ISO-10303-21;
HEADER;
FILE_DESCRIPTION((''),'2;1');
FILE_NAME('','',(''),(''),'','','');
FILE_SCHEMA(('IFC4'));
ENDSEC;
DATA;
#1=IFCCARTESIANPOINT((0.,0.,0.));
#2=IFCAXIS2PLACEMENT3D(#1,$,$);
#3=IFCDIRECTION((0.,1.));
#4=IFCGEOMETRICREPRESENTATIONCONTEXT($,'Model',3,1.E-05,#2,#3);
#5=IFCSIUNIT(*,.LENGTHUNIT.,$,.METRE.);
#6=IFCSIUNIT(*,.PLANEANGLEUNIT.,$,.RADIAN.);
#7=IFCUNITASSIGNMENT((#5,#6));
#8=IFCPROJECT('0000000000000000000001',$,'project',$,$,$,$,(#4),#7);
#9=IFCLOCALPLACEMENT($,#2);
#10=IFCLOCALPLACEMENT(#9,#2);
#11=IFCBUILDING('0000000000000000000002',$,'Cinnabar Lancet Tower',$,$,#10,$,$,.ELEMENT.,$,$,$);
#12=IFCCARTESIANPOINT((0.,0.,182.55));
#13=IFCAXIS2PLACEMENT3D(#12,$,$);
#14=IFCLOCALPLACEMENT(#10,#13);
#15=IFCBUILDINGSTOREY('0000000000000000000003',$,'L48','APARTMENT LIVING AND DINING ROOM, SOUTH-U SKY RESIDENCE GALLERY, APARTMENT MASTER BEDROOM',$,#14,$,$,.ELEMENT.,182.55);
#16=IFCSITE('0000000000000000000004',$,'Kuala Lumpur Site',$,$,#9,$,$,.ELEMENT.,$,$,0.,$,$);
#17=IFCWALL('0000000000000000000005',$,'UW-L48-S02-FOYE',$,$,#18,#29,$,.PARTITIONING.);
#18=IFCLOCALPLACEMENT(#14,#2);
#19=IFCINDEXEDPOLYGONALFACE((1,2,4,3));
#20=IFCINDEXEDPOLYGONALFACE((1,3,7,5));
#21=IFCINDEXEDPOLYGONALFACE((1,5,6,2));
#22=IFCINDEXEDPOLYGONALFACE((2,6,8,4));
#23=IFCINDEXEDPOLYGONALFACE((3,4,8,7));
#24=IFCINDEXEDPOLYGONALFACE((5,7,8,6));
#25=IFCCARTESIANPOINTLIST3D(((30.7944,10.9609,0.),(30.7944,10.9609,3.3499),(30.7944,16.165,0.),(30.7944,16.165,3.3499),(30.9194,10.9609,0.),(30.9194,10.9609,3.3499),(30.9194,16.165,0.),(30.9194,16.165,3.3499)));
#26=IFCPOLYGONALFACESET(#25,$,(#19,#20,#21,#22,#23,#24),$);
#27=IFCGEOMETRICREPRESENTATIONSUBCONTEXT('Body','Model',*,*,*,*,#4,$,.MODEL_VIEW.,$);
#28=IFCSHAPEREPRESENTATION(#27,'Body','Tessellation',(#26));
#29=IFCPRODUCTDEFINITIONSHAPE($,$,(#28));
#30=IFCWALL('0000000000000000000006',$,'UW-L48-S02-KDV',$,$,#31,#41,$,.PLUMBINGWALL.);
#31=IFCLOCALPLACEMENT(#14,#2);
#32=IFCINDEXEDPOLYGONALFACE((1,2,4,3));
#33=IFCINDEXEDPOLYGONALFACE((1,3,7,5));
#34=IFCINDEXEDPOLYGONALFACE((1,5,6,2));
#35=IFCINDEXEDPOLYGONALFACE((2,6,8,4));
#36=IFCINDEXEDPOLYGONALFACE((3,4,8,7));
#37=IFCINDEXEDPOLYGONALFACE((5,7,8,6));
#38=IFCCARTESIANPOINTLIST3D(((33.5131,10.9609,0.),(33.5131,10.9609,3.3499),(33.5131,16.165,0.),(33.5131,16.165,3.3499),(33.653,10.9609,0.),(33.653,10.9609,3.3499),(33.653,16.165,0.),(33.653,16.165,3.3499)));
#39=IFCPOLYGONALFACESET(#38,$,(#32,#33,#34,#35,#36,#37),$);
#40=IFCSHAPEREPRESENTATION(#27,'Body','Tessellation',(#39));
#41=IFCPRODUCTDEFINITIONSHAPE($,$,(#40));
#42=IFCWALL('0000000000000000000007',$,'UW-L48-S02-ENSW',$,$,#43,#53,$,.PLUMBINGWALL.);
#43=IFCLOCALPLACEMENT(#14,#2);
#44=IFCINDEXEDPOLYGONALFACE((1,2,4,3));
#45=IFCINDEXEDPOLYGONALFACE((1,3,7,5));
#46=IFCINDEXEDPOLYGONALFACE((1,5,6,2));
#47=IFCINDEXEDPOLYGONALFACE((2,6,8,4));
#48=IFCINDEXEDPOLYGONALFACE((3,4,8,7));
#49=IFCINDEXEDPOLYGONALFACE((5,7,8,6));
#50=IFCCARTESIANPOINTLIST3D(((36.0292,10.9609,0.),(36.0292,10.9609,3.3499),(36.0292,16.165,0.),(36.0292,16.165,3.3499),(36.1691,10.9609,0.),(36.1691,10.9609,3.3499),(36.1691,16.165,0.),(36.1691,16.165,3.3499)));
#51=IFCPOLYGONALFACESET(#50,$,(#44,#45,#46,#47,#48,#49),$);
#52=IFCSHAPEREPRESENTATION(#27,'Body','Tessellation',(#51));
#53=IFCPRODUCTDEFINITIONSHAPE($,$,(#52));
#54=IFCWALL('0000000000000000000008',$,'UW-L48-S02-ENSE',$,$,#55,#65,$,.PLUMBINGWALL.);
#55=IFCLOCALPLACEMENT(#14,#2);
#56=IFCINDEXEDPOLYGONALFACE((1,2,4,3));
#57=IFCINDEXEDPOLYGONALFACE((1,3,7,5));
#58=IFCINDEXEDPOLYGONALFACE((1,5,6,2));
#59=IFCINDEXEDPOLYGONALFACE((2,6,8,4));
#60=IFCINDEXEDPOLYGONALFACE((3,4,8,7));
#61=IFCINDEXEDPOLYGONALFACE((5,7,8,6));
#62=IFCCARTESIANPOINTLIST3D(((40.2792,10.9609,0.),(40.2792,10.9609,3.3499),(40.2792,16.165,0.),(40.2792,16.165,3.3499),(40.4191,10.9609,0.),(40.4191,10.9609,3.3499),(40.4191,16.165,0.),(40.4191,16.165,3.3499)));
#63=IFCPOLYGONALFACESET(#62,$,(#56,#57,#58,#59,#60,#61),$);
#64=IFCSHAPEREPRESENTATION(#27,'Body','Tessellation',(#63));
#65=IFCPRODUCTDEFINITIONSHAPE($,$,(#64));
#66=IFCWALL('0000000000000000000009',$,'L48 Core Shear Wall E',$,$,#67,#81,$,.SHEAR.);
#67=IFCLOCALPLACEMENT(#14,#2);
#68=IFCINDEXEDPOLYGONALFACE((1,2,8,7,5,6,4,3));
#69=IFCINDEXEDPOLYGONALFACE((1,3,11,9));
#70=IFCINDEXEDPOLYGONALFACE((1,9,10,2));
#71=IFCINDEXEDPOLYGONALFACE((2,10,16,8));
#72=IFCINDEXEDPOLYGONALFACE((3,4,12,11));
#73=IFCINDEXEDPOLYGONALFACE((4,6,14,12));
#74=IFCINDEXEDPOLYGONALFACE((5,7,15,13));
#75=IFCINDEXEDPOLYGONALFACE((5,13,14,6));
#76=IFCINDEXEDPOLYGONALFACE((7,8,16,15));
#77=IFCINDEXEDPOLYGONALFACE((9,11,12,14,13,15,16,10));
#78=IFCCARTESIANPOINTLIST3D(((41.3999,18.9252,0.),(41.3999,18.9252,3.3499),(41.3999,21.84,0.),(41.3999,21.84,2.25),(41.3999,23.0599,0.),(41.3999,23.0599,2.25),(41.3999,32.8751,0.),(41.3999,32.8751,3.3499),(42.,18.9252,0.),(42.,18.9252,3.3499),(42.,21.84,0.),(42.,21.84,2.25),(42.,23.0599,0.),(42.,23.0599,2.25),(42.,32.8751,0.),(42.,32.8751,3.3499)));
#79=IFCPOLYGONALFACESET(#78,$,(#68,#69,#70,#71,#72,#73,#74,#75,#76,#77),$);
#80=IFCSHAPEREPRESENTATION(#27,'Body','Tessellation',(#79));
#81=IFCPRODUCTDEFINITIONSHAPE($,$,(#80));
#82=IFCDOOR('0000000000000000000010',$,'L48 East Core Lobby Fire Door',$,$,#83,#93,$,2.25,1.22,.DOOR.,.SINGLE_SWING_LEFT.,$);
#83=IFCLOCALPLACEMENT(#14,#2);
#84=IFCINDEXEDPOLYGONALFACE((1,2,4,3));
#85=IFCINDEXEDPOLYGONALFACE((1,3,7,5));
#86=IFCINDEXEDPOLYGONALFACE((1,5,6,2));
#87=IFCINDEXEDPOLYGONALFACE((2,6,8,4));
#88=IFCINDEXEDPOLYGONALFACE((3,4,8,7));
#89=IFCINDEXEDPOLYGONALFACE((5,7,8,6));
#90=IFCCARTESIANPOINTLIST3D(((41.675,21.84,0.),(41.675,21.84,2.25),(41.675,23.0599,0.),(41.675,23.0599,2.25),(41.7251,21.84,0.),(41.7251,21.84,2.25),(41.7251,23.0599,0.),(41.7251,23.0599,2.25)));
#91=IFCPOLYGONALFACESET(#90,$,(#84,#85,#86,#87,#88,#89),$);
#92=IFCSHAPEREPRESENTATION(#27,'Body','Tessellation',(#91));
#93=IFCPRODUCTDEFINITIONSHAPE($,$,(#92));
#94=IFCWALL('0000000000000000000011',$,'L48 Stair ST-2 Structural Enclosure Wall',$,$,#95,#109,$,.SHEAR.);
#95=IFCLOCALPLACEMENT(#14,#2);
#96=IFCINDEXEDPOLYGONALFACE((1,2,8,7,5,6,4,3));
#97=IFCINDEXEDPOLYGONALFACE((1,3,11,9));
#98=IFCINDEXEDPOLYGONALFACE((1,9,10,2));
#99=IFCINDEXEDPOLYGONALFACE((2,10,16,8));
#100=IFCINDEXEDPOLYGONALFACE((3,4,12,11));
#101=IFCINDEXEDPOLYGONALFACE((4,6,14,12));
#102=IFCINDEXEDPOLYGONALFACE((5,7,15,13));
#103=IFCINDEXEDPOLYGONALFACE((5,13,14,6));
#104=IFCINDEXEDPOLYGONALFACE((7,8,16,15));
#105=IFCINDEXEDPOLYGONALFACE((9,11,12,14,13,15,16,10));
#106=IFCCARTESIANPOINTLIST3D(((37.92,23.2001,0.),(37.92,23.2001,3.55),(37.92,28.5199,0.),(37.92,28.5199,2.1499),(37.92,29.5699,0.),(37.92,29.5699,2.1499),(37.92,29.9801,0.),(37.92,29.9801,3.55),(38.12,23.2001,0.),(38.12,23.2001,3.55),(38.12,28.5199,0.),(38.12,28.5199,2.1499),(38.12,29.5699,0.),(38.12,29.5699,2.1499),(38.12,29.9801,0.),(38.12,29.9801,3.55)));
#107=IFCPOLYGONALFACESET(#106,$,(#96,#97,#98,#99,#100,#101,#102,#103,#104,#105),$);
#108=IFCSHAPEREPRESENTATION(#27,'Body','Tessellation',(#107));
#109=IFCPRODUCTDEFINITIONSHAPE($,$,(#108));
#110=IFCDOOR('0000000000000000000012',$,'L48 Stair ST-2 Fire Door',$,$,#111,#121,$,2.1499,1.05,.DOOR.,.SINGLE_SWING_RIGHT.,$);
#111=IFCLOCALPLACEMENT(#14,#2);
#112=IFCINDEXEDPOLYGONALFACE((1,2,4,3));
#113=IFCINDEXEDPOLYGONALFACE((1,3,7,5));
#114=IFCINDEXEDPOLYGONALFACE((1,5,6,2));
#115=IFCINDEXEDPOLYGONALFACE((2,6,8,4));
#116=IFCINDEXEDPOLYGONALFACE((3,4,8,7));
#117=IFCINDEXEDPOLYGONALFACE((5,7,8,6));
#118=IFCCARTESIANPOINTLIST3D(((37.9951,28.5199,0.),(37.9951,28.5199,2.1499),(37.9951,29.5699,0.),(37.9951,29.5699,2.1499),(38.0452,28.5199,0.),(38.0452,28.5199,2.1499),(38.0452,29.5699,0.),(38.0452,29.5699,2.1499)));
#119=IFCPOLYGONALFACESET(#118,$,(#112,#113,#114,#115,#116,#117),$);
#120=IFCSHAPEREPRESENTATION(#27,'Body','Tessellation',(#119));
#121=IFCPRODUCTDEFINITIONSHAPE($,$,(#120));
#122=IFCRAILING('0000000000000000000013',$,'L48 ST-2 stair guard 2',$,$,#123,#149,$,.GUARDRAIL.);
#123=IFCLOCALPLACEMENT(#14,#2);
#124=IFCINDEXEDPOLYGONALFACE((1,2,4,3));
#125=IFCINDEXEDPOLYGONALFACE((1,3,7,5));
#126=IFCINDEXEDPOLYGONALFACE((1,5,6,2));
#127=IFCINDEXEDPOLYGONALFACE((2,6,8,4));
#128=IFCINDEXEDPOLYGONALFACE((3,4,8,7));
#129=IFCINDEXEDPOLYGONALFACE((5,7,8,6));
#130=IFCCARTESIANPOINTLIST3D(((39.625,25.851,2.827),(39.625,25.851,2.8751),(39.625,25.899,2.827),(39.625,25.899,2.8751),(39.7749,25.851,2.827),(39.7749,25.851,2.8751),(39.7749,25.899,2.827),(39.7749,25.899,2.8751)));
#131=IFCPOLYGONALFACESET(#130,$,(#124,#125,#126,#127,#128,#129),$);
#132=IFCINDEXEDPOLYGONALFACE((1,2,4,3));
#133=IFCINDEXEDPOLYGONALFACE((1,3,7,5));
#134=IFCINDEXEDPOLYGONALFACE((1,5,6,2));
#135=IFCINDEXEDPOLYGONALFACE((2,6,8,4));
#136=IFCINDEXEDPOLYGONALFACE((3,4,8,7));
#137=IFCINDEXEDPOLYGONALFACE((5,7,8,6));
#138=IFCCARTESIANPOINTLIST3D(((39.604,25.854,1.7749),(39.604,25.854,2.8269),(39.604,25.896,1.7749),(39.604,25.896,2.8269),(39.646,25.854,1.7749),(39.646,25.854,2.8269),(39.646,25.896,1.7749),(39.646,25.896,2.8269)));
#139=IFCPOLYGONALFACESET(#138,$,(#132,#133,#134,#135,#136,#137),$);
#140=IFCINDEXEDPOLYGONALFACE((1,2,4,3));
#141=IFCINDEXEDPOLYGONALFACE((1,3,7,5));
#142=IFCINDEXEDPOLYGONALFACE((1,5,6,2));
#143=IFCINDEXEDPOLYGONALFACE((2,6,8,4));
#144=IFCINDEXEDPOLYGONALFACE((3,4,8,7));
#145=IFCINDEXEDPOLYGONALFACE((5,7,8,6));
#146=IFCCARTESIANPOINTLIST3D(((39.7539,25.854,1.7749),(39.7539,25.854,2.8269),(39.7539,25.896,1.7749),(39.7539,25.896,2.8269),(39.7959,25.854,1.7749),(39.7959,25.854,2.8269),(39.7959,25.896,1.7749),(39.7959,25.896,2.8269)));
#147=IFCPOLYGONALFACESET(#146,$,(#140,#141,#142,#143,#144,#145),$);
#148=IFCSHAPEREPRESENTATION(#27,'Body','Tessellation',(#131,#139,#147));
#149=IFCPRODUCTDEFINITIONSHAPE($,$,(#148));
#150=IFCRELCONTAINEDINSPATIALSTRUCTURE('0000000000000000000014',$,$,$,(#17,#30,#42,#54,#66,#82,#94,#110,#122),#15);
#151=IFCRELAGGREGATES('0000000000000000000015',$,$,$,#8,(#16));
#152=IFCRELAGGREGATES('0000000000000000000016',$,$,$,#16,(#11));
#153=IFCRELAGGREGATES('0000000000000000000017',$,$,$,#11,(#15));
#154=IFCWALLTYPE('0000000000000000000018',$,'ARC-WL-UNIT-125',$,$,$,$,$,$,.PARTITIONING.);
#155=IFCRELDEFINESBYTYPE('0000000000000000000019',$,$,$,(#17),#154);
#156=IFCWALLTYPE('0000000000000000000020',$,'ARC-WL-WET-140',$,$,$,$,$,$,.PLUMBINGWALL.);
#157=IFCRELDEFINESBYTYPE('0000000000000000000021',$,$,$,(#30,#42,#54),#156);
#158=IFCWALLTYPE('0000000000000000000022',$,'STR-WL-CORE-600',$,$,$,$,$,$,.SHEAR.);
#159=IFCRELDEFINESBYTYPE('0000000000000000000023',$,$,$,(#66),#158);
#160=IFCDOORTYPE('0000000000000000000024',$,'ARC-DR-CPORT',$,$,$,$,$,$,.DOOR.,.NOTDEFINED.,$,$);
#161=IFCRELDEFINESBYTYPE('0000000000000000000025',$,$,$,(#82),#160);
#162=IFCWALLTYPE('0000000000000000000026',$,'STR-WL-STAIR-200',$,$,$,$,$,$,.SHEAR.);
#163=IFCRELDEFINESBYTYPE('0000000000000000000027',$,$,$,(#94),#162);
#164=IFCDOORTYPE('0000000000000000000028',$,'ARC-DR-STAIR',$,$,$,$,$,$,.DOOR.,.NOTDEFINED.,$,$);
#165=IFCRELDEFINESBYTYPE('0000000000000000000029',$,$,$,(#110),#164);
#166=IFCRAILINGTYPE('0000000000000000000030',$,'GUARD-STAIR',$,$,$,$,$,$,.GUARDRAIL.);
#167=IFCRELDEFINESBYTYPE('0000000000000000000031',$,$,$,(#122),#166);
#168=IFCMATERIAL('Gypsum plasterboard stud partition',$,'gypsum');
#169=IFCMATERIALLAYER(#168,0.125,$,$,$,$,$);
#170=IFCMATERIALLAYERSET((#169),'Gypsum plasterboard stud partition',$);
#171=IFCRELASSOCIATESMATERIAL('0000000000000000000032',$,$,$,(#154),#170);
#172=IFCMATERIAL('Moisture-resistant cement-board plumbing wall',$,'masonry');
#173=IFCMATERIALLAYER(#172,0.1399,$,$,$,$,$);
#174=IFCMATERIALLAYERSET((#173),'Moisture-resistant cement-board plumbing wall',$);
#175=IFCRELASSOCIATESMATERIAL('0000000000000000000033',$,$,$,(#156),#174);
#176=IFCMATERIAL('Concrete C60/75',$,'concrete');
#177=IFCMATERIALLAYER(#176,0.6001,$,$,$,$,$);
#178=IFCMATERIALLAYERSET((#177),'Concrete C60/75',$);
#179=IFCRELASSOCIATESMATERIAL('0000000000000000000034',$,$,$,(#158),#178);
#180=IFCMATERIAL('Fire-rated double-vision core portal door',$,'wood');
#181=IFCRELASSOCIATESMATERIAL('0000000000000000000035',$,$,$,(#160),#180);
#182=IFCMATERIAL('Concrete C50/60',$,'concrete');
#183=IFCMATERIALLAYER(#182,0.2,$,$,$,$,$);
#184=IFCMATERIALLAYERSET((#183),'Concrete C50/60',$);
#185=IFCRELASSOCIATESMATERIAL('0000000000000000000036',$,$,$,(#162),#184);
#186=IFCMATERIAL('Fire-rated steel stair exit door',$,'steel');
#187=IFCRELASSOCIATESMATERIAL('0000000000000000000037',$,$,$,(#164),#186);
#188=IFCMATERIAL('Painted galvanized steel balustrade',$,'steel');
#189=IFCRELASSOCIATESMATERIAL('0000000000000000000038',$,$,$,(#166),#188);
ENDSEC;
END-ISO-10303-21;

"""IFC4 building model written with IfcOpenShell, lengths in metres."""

from ifc_helpers import new_model, si_unit, direction, frame, frame_2d, origin, origin_2d, place, context, subcontext, project, spatial, rectangle, extrude, material, layer, layer_set, type_object, element, fill, save


model = new_model("IFC4")

# Units and contexts
model_context = context("Model", 3, precision=1e-05, world=origin(), true_north=direction((0.0, 1.0)))
body_context = subcontext(model_context, "Body", "Model", "MODEL_VIEW")
ifc_project = project(units=[si_unit("LENGTHUNIT", "METRE"), si_unit("PLANEANGLEUNIT", "RADIAN")], contexts=[model_context])

# Site, building, storey
site_placement = place(None, origin())
site = spatial("IfcSite", under=ifc_project, at=site_placement, Name="Kuala Lumpur Site", CompositionType="ELEMENT", RefElevation=0.0)
building_placement = place(site_placement, origin())
building = spatial("IfcBuilding", under=site, at=building_placement, Name="Cinnabar Lancet Tower", CompositionType="ELEMENT")
storey_placement = place(building_placement, frame((0.0, 0.0, 182.55)))
storey = spatial("IfcBuildingStorey", under=building, at=storey_placement, Name="L48", Description="APARTMENT LIVING AND DINING ROOM, SOUTH-U SKY RESIDENCE GALLERY, APARTMENT MASTER BEDROOM", CompositionType="ELEMENT", Elevation=182.55)

# Walls
ifc_material_1 = material(Name="Gypsum plasterboard stud partition", Category="gypsum")
ifc_layer_1 = layer(ifc_material_1, 0.125)
ifc_layer_set_1 = layer_set([ifc_layer_1], Name="Gypsum plasterboard stud partition")
wall_type_1 = type_object("IfcWallType", Name="ARC-WL-UNIT-125", PredefinedType="PARTITIONING", material=ifc_layer_set_1)
wall_1_placement = place(storey_placement, frame((30.8569, 10.9609, 0.0), z_axis=(0.0, 0.0, 1.0), x_axis=(0.0, 1.0, 0.0)))
element("IfcWall", 1, at=wall_1_placement, inside=storey, type_object=wall_type_1, Name="UW-L48-S02-FOYE", PredefinedType="PARTITIONING", context=body_context, shape_type="SweptSolid", body=[
    extrude(rectangle(XDim=5.2041, YDim=0.125, at=frame_2d((2.6021, 0.0))), origin(), (0.0, 0.0, 1.0), 3.3499),
])
ifc_material_2 = material(Name="Moisture-resistant cement-board plumbing wall", Category="masonry")
ifc_layer_2 = layer(ifc_material_2, 0.1399)
ifc_layer_set_2 = layer_set([ifc_layer_2], Name="Moisture-resistant cement-board plumbing wall")
wall_type_2 = type_object("IfcWallType", Name="ARC-WL-WET-140", PredefinedType="PLUMBINGWALL", material=ifc_layer_set_2)
for number, where, z_axis, x_axis, name in (
    (2, (33.583, 10.9609, 0.0), (0.0, 0.0, 1.0), (0.0, 1.0, 0.0), "UW-L48-S02-KDV"),
    (3, (36.0991, 10.9609, 0.0), (0.0, 0.0, 1.0), (0.0, 1.0, 0.0), "UW-L48-S02-ENSW"),
    (4, (40.3491, 10.9609, 0.0), (0.0, 0.0, 1.0), (0.0, 1.0, 0.0), "UW-L48-S02-ENSE"),
):
    element("IfcWall", number, at=place(storey_placement, frame(where, z_axis=z_axis, x_axis=x_axis)), inside=storey, type_object=wall_type_2, Name=name, PredefinedType="PLUMBINGWALL", context=body_context, shape_type="SweptSolid", body=[
        extrude(rectangle(XDim=5.2041, YDim=0.1399, at=frame_2d((2.6021, 0.0))), origin(), (0.0, 0.0, 1.0), 3.3499),
    ])

# Walls, openings, doors
ifc_material_3 = material(Name="Concrete C60/75", Category="concrete")
ifc_layer_3 = layer(ifc_material_3, 0.6001)
ifc_layer_set_3 = layer_set([ifc_layer_3], Name="Concrete C60/75")
wall_type_3 = type_object("IfcWallType", Name="STR-WL-CORE-600", PredefinedType="SHEAR", material=ifc_layer_set_3)
wall_2_placement = place(storey_placement, frame((41.7, 18.925, 0.0), z_axis=(0.0, 0.0, 1.0), x_axis=(0.0, 1.0, 0.0)))
wall_2 = element("IfcWall", 5, at=wall_2_placement, inside=storey, type_object=wall_type_3, Name="L48 Core Shear Wall E", PredefinedType="SHEAR", context=body_context, shape_type="SweptSolid", body=[
    extrude(rectangle(XDim=13.95, YDim=0.6001, at=frame_2d((6.9751, 0.0))), origin(), (0.0, 0.0, 1.0), 3.3499),
])
opening_1_placement = place(wall_2_placement, frame((2.915, 0.0, 0.0)))
opening_1 = element("IfcOpeningElement", 6, at=opening_1_placement, cuts=wall_2, PredefinedType="OPENING", context=body_context, shape_type="SweptSolid", body=[
    extrude(rectangle(XDim=1.22, YDim=2.25, at=frame_2d((0.6099, 1.125))), frame((0.0, 0.3101, 0.0), z_axis=(0.0, -1.0, 0.0), x_axis=(1.0, 0.0, 0.0)), (0.0, 0.0, 1.0), 0.6201),
])
ifc_material_4 = material(Name="Fire-rated double-vision core portal door", Category="wood")
door_type_1 = type_object("IfcDoorType", Name="ARC-DR-CPORT", OperationType="NOTDEFINED", PredefinedType="DOOR", material=ifc_material_4)
door_1_placement = place(opening_1_placement, origin())
door_1 = element("IfcDoor", 7, at=door_1_placement, inside=storey, type_object=door_type_1, Name="L48 East Core Lobby Fire Door", OperationType="SINGLE_SWING_LEFT", OverallHeight=2.25, OverallWidth=1.22, PredefinedType="DOOR", context=body_context, shape_type="SweptSolid", body=[
    extrude(rectangle(XDim=1.22, YDim=2.25, at=frame_2d((0.6099, 1.125))), frame((0.0, 0.0249, 0.0), z_axis=(0.0, -1.0, 0.0), x_axis=(1.0, 0.0, 0.0)), (0.0, 0.0, 1.0), 0.05),
])
fill(opening_1, door_1)
ifc_material_5 = material(Name="Concrete C50/60", Category="concrete")
ifc_layer_4 = layer(ifc_material_5, 0.2)
ifc_layer_set_4 = layer_set([ifc_layer_4], Name="Concrete C50/60")
wall_type_4 = type_object("IfcWallType", Name="STR-WL-STAIR-200", PredefinedType="SHEAR", material=ifc_layer_set_4)
wall_3_placement = place(storey_placement, frame((38.02, 23.2, 0.0), z_axis=(0.0, 0.0, 1.0), x_axis=(0.0, 1.0, 0.0)))
wall_3 = element("IfcWall", 8, at=wall_3_placement, inside=storey, type_object=wall_type_4, Name="L48 Stair ST-2 Structural Enclosure Wall", PredefinedType="SHEAR", context=body_context, shape_type="SweptSolid", body=[
    extrude(rectangle(XDim=6.78, YDim=0.2, at=frame_2d((3.3901, 0.0))), origin(), (0.0, 0.0, 1.0), 3.55),
])
opening_2_placement = place(wall_3_placement, frame((5.3201, 0.0, 0.0)))
opening_2 = element("IfcOpeningElement", 9, at=opening_2_placement, cuts=wall_3, PredefinedType="OPENING", context=body_context, shape_type="SweptSolid", body=[
    extrude(rectangle(XDim=1.05, YDim=2.1499, at=frame_2d((0.5249, 1.075))), frame((0.0, 0.1099, 0.0), z_axis=(0.0, -1.0, 0.0), x_axis=(1.0, 0.0, 0.0)), (0.0, 0.0, 1.0), 0.22),
])
ifc_material_6 = material(Name="Fire-rated steel stair exit door", Category="steel")
door_type_2 = type_object("IfcDoorType", Name="ARC-DR-STAIR", OperationType="NOTDEFINED", PredefinedType="DOOR", material=ifc_material_6)
door_2_placement = place(opening_2_placement, origin())
door_2 = element("IfcDoor", 10, at=door_2_placement, inside=storey, type_object=door_type_2, Name="L48 Stair ST-2 Fire Door", OperationType="SINGLE_SWING_RIGHT", OverallHeight=2.1499, OverallWidth=1.05, PredefinedType="DOOR", context=body_context, shape_type="SweptSolid", body=[
    extrude(rectangle(XDim=1.05, YDim=2.1499, at=frame_2d((0.5249, 1.075))), frame((0.0, 0.0249, 0.0), z_axis=(0.0, -1.0, 0.0), x_axis=(1.0, 0.0, 0.0)), (0.0, 0.0, 1.0), 0.05),
])
fill(opening_2, door_2)

# Railing
ifc_material_7 = material(Name="Painted galvanized steel balustrade", Category="steel")
railing_type = type_object("IfcRailingType", Name="GUARD-STAIR", PredefinedType="GUARDRAIL", material=ifc_material_7)
railing_placement = place(storey_placement, frame((39.625, 25.875, 1.7749)))
element("IfcRailing", 11, at=railing_placement, inside=storey, type_object=railing_type, Name="L48 ST-2 stair guard 2", PredefinedType="GUARDRAIL", context=body_context, shape_type="SweptSolid", body=[
    extrude(rectangle(XDim=0.0481, YDim=0.0481, at=origin_2d()), frame((0.0, 0.0, 1.0762), z_axis=(1.0, 0.0, 0.0), x_axis=(0.0, 1.0, 0.0)), (0.0, 0.0, 1.0), 0.1499),
    extrude(rectangle(XDim=0.042, YDim=0.042, at=origin_2d()), origin(), (0.0, 0.0, 1.0), 1.052),
    extrude(rectangle(XDim=0.042, YDim=0.042, at=origin_2d()), frame((0.1499, 0.0, 0.0)), (0.0, 0.0, 1.0), 1.052),
])

save(model, "model.ifc")
